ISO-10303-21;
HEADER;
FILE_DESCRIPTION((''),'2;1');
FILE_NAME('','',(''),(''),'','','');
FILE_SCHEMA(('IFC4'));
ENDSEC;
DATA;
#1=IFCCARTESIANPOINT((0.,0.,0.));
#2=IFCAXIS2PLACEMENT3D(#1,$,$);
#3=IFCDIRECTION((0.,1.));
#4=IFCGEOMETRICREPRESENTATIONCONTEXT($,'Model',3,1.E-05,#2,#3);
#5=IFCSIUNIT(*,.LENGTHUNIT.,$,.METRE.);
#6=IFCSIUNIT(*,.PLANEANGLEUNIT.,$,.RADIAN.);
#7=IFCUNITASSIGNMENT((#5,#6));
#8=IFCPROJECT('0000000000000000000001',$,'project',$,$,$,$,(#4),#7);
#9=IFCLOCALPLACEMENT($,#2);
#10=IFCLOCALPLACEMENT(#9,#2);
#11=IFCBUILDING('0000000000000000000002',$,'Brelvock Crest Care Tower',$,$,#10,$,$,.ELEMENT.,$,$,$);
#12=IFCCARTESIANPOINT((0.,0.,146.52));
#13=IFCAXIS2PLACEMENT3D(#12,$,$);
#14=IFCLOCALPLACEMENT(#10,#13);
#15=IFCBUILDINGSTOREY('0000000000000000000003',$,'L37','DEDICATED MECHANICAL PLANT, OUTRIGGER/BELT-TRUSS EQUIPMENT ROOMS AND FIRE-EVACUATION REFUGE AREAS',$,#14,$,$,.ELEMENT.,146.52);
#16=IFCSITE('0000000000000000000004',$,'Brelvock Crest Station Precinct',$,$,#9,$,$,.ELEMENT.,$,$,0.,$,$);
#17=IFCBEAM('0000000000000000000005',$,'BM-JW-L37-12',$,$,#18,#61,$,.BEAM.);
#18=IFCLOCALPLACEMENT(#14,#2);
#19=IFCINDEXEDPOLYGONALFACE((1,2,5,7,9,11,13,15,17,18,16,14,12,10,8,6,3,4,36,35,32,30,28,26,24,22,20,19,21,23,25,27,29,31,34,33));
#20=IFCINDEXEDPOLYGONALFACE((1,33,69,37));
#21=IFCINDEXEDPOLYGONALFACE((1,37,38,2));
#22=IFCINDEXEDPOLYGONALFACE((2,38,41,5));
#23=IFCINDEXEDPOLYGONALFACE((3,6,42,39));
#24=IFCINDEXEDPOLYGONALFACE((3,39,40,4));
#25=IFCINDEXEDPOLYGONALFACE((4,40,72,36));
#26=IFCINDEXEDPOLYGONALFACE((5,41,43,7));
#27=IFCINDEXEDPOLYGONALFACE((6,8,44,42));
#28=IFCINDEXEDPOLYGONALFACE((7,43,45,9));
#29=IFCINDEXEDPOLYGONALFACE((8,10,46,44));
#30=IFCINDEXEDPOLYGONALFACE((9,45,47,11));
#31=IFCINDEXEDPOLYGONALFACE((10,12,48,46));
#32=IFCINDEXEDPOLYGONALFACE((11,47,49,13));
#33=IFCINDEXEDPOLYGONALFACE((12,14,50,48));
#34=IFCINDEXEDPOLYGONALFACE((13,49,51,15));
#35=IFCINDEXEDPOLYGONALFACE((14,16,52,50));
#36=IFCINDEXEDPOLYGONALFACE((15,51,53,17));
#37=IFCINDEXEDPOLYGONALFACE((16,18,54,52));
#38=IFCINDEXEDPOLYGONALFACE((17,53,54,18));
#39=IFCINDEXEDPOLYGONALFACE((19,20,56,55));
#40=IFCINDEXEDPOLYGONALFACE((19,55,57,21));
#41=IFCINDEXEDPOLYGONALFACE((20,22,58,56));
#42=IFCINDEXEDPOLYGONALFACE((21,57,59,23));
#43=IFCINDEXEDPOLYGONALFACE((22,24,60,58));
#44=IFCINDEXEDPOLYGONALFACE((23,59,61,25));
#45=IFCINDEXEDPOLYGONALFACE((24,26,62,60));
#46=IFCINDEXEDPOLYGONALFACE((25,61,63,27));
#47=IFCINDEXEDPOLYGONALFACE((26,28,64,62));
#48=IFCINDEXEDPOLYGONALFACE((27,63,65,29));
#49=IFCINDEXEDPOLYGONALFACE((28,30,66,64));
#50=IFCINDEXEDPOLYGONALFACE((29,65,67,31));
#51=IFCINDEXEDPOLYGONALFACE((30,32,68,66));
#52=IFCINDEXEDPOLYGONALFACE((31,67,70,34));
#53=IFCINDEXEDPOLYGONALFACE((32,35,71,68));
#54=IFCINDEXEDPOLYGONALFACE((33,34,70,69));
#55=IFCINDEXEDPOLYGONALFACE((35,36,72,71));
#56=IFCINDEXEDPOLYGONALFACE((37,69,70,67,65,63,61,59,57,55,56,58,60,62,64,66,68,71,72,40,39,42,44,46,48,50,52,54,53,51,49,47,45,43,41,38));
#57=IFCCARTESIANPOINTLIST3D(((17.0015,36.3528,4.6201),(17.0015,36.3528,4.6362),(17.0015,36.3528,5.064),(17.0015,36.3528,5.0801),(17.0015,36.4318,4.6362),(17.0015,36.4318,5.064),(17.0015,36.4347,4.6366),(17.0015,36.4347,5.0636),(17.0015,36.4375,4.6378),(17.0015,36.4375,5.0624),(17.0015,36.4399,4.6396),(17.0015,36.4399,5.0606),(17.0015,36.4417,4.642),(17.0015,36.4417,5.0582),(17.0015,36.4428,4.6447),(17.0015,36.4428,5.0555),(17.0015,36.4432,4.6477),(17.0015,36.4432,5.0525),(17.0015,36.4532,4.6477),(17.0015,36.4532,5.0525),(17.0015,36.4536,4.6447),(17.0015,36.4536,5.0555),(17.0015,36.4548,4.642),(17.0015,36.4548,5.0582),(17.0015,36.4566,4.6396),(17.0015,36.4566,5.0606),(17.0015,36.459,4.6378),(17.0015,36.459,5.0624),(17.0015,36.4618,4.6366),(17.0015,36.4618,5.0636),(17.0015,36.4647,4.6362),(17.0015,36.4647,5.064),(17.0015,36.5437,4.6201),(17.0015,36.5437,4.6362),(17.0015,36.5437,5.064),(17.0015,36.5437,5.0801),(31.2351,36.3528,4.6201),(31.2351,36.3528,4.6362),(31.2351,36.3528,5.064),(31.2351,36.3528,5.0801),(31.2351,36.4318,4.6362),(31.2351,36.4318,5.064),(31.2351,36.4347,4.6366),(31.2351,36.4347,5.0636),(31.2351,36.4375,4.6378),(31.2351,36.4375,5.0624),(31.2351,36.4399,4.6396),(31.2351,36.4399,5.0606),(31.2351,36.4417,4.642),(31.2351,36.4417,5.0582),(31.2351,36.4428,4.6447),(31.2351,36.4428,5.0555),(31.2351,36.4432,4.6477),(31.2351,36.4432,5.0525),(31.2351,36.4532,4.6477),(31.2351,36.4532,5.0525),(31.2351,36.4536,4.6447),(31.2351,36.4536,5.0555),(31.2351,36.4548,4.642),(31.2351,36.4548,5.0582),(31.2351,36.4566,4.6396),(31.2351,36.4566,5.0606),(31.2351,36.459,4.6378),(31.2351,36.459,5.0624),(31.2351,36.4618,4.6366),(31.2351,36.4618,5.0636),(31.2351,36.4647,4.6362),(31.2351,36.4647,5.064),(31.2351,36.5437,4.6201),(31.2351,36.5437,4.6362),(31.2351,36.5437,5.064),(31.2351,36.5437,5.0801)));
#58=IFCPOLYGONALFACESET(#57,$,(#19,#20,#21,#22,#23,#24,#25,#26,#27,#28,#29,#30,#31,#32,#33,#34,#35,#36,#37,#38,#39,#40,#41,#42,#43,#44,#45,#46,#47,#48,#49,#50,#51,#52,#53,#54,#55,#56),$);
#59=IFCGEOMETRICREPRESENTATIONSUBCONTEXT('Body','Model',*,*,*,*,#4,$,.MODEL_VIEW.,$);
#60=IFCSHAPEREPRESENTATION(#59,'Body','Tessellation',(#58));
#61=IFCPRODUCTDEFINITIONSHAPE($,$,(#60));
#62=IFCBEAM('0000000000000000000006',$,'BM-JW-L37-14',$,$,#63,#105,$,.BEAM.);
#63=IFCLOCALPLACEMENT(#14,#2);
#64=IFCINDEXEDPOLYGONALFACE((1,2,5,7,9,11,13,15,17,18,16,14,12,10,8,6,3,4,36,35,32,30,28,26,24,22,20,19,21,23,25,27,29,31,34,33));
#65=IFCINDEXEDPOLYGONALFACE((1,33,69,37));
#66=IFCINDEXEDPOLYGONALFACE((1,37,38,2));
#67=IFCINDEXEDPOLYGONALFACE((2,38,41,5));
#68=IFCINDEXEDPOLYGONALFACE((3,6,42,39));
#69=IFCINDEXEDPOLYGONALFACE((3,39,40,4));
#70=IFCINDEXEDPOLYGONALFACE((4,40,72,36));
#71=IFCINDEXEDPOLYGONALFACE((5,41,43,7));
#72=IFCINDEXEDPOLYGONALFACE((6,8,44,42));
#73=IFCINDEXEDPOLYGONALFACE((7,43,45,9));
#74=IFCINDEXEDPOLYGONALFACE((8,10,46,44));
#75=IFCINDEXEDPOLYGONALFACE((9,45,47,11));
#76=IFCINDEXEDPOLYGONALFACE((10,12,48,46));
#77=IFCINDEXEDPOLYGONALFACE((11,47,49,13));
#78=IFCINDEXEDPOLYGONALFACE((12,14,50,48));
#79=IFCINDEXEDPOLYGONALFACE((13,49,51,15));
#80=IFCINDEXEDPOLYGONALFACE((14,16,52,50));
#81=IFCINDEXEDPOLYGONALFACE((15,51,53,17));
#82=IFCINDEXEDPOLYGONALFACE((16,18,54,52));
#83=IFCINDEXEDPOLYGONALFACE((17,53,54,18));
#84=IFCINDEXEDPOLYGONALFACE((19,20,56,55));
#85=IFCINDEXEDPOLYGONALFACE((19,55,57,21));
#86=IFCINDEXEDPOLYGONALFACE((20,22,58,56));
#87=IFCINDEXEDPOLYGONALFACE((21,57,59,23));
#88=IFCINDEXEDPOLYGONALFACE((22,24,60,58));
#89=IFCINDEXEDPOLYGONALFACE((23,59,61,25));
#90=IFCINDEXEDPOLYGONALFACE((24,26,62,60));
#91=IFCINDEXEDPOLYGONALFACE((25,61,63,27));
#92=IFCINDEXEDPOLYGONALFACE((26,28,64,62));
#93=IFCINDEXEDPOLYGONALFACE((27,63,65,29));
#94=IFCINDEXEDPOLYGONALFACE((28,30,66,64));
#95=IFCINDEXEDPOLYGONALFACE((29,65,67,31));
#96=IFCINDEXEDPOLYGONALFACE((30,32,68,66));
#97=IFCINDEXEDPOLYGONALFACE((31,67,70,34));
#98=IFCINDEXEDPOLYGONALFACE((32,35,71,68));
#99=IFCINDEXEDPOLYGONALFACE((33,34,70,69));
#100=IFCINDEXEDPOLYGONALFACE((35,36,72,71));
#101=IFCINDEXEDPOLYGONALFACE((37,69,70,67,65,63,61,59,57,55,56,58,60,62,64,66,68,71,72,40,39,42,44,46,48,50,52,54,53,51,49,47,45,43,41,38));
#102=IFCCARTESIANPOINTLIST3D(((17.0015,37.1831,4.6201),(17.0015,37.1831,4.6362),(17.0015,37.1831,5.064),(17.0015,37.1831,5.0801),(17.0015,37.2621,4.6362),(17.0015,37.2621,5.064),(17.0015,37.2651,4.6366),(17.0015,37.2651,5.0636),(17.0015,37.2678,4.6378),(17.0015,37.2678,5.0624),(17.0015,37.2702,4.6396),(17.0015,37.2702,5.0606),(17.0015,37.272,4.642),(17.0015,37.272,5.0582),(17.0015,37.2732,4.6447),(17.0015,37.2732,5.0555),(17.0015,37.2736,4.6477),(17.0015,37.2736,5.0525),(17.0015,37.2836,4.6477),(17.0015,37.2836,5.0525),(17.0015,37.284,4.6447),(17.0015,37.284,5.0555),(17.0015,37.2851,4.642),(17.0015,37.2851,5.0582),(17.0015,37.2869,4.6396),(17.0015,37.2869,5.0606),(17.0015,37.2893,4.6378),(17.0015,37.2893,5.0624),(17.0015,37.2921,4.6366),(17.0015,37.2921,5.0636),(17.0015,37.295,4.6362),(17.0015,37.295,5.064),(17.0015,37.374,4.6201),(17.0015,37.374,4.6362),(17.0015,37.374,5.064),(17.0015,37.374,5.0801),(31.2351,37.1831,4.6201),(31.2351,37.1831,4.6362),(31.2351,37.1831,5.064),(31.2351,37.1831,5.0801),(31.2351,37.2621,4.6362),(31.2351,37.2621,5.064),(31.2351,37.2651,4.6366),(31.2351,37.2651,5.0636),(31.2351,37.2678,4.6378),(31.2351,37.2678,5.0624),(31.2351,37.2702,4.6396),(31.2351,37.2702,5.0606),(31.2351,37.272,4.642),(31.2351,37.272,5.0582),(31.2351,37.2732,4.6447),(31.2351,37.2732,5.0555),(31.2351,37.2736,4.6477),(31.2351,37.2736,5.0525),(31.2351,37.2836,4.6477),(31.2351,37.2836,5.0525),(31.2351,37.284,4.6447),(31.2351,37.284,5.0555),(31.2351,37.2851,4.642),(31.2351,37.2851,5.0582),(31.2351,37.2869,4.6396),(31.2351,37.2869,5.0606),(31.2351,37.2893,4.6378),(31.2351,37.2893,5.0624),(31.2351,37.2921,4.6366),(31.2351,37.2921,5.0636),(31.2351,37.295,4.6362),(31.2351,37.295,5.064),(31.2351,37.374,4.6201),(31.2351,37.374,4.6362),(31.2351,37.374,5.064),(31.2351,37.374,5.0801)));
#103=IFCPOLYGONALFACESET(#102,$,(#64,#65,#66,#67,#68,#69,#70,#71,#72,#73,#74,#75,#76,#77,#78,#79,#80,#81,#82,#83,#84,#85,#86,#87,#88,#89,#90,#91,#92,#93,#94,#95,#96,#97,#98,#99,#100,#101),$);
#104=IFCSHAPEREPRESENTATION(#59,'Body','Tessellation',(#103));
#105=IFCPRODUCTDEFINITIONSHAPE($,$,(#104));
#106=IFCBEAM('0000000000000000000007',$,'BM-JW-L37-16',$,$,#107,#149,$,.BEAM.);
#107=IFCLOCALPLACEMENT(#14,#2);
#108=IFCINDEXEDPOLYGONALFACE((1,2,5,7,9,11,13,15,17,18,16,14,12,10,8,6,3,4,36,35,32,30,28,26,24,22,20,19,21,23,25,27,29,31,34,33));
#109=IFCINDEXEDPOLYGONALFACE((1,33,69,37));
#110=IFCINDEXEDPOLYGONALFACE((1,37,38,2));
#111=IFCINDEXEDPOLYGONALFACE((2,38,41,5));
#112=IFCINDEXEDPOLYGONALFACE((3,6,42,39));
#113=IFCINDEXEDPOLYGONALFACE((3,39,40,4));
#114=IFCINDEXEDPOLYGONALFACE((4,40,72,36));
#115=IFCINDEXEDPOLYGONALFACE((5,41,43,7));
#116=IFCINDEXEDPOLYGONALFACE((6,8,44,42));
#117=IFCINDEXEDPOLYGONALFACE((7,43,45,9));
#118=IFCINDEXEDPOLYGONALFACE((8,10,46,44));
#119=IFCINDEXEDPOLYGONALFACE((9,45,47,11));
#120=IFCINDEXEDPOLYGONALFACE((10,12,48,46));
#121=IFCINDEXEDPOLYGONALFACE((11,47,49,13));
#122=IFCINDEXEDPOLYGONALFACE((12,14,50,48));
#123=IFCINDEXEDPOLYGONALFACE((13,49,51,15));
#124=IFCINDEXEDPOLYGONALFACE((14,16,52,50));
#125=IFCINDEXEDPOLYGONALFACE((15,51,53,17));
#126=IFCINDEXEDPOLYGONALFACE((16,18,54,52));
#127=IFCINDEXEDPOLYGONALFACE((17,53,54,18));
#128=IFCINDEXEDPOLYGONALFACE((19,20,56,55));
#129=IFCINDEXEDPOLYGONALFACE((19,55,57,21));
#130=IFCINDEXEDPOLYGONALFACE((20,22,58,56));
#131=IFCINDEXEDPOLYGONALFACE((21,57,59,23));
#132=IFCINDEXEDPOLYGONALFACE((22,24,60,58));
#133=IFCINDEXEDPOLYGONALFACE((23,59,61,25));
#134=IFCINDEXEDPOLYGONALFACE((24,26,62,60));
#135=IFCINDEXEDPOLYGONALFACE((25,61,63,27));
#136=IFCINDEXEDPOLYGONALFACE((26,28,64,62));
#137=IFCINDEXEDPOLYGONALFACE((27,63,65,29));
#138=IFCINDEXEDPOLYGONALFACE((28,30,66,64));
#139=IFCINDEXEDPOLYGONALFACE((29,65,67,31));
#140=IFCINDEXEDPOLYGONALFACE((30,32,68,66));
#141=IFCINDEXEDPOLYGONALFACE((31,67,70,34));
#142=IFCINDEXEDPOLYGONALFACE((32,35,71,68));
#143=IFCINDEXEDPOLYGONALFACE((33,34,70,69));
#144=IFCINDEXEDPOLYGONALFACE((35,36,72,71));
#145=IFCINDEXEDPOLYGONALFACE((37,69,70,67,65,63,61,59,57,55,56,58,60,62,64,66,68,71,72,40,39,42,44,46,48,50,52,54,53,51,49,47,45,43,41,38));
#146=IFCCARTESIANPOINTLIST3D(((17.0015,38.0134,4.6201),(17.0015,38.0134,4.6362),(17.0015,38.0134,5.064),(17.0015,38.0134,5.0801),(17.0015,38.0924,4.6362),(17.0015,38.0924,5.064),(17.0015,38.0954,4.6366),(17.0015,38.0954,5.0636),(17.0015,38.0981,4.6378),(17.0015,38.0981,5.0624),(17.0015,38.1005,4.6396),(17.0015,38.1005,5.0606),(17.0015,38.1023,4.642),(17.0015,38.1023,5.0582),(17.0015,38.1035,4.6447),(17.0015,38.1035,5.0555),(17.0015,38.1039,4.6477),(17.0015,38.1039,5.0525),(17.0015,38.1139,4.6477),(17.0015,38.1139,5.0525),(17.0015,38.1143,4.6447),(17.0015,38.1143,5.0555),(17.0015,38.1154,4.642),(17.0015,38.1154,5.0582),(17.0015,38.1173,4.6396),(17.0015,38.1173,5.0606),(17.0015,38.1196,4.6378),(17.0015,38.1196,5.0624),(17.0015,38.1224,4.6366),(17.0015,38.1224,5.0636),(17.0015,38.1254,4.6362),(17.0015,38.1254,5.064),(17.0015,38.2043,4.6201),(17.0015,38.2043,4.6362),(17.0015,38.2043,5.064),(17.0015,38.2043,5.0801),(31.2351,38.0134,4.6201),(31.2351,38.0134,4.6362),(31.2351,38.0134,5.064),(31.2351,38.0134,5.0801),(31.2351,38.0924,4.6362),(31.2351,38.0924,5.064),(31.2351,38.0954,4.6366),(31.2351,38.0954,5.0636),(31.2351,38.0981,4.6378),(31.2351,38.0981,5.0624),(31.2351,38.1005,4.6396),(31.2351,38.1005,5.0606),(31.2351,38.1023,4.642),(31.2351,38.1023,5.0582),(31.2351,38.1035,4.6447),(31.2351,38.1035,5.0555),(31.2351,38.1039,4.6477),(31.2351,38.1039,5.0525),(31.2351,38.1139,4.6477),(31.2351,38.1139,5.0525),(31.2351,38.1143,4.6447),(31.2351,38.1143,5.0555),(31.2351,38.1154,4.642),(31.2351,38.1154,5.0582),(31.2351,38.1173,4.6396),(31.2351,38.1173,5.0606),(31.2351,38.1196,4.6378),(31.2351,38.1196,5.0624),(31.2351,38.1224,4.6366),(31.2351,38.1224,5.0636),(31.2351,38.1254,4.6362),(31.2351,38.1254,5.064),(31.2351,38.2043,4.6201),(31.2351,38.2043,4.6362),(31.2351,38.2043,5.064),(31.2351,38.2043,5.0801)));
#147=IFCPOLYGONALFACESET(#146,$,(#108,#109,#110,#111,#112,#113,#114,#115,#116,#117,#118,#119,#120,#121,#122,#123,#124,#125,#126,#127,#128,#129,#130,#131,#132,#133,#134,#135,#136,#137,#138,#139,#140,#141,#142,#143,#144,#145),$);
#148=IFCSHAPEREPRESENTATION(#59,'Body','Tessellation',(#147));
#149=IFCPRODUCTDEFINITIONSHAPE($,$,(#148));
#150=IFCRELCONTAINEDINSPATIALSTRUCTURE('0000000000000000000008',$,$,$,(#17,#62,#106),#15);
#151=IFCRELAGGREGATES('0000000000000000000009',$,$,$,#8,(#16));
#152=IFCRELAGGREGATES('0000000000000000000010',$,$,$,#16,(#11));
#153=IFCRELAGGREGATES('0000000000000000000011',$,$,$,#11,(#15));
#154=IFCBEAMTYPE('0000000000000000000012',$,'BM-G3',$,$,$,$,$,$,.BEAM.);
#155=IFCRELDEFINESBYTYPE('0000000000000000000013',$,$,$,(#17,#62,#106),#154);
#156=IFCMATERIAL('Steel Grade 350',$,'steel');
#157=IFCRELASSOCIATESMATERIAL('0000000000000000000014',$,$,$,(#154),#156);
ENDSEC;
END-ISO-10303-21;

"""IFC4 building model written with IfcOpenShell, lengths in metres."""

from ifc_helpers import new_model, si_unit, direction, frame, origin, origin_2d, place, context, subcontext, project, spatial, i_section, extrude, source, transform, mapped, material, material_profile, profile_set, type_object, element, save


model = new_model("IFC4")

# Units and contexts
model_context = context("Model", 3, precision=1e-05, world=origin(), true_north=direction((0.0, 1.0)))
body_context = subcontext(model_context, "Body", "Model", "MODEL_VIEW")
ifc_project = project(units=[si_unit("LENGTHUNIT", "METRE"), si_unit("PLANEANGLEUNIT", "RADIAN")], contexts=[model_context])

# Site, building, storey
site_placement = place(None, origin())
site = spatial("IfcSite", under=ifc_project, at=site_placement, Name="Brelvock Crest Station Precinct", CompositionType="ELEMENT", RefElevation=0.0)
building_placement = place(site_placement, origin())
building = spatial("IfcBuilding", under=site, at=building_placement, Name="Brelvock Crest Care Tower", CompositionType="ELEMENT")
storey_placement = place(building_placement, frame((0.0, 0.0, 146.52)))
storey = spatial("IfcBuildingStorey", under=building, at=storey_placement, Name="L37", Description="DEDICATED MECHANICAL PLANT, OUTRIGGER/BELT-TRUSS EQUIPMENT ROOMS AND FIRE-EVACUATION REFUGE AREAS", CompositionType="ELEMENT", Elevation=146.52)

# Beams
ifc_material = material(Name="Steel Grade 350", Category="steel")
ifc_material_profile_1 = material_profile(ifc_material, i_section(OverallWidth=0.1909, OverallDepth=0.46, WebThickness=0.01, FlangeThickness=0.0161, FilletRadius=0.0115, at=origin_2d()), Name="460UB82.1")
ifc_profile_set_1 = profile_set([ifc_material_profile_1], Name="Steel Grade 350")
beam_type_1 = type_object("IfcBeamType", Name="BM-G3", PredefinedType="BEAM", material=ifc_profile_set_1)
shared_shape_1 = source(origin(), body_context, "Body", "SweptSolid", [
    extrude(i_section(OverallWidth=0.1909, OverallDepth=0.46, WebThickness=0.01, FlangeThickness=0.0161, FilletRadius=0.0115, at=origin_2d()), origin(), (0.0, 0.0, 1.0), 14.2336),
])
for number, where, z_axis, x_axis, name in (
    (1, (17.0015, 36.4482, 4.8501), (1.0, 0.0, 0.0), (0.0, 1.0, 0.0), "BM-JW-L37-12"),
    (2, (17.0015, 37.2786, 4.8501), (1.0, 0.0, 0.0), (0.0, 1.0, 0.0), "BM-JW-L37-14"),
    (3, (17.0015, 38.1089, 4.8501), (1.0, 0.0, 0.0), (0.0, 1.0, 0.0), "BM-JW-L37-16"),
):
    element("IfcBeam", number, at=place(storey_placement, frame(where, z_axis=z_axis, x_axis=x_axis)), inside=storey, type_object=beam_type_1, Name=name, PredefinedType="BEAM", context=body_context, shape_type="MappedRepresentation", body=[
        mapped(shared_shape_1, transform((0.0, 0.0, 0.0), x_axis=(1.0, 0.0, 0.0), y_axis=(0.0, 1.0, 0.0), z_axis=(0.0, 0.0, 1.0), scale=1.0)),
    ])

save(model, "model.ifc")
